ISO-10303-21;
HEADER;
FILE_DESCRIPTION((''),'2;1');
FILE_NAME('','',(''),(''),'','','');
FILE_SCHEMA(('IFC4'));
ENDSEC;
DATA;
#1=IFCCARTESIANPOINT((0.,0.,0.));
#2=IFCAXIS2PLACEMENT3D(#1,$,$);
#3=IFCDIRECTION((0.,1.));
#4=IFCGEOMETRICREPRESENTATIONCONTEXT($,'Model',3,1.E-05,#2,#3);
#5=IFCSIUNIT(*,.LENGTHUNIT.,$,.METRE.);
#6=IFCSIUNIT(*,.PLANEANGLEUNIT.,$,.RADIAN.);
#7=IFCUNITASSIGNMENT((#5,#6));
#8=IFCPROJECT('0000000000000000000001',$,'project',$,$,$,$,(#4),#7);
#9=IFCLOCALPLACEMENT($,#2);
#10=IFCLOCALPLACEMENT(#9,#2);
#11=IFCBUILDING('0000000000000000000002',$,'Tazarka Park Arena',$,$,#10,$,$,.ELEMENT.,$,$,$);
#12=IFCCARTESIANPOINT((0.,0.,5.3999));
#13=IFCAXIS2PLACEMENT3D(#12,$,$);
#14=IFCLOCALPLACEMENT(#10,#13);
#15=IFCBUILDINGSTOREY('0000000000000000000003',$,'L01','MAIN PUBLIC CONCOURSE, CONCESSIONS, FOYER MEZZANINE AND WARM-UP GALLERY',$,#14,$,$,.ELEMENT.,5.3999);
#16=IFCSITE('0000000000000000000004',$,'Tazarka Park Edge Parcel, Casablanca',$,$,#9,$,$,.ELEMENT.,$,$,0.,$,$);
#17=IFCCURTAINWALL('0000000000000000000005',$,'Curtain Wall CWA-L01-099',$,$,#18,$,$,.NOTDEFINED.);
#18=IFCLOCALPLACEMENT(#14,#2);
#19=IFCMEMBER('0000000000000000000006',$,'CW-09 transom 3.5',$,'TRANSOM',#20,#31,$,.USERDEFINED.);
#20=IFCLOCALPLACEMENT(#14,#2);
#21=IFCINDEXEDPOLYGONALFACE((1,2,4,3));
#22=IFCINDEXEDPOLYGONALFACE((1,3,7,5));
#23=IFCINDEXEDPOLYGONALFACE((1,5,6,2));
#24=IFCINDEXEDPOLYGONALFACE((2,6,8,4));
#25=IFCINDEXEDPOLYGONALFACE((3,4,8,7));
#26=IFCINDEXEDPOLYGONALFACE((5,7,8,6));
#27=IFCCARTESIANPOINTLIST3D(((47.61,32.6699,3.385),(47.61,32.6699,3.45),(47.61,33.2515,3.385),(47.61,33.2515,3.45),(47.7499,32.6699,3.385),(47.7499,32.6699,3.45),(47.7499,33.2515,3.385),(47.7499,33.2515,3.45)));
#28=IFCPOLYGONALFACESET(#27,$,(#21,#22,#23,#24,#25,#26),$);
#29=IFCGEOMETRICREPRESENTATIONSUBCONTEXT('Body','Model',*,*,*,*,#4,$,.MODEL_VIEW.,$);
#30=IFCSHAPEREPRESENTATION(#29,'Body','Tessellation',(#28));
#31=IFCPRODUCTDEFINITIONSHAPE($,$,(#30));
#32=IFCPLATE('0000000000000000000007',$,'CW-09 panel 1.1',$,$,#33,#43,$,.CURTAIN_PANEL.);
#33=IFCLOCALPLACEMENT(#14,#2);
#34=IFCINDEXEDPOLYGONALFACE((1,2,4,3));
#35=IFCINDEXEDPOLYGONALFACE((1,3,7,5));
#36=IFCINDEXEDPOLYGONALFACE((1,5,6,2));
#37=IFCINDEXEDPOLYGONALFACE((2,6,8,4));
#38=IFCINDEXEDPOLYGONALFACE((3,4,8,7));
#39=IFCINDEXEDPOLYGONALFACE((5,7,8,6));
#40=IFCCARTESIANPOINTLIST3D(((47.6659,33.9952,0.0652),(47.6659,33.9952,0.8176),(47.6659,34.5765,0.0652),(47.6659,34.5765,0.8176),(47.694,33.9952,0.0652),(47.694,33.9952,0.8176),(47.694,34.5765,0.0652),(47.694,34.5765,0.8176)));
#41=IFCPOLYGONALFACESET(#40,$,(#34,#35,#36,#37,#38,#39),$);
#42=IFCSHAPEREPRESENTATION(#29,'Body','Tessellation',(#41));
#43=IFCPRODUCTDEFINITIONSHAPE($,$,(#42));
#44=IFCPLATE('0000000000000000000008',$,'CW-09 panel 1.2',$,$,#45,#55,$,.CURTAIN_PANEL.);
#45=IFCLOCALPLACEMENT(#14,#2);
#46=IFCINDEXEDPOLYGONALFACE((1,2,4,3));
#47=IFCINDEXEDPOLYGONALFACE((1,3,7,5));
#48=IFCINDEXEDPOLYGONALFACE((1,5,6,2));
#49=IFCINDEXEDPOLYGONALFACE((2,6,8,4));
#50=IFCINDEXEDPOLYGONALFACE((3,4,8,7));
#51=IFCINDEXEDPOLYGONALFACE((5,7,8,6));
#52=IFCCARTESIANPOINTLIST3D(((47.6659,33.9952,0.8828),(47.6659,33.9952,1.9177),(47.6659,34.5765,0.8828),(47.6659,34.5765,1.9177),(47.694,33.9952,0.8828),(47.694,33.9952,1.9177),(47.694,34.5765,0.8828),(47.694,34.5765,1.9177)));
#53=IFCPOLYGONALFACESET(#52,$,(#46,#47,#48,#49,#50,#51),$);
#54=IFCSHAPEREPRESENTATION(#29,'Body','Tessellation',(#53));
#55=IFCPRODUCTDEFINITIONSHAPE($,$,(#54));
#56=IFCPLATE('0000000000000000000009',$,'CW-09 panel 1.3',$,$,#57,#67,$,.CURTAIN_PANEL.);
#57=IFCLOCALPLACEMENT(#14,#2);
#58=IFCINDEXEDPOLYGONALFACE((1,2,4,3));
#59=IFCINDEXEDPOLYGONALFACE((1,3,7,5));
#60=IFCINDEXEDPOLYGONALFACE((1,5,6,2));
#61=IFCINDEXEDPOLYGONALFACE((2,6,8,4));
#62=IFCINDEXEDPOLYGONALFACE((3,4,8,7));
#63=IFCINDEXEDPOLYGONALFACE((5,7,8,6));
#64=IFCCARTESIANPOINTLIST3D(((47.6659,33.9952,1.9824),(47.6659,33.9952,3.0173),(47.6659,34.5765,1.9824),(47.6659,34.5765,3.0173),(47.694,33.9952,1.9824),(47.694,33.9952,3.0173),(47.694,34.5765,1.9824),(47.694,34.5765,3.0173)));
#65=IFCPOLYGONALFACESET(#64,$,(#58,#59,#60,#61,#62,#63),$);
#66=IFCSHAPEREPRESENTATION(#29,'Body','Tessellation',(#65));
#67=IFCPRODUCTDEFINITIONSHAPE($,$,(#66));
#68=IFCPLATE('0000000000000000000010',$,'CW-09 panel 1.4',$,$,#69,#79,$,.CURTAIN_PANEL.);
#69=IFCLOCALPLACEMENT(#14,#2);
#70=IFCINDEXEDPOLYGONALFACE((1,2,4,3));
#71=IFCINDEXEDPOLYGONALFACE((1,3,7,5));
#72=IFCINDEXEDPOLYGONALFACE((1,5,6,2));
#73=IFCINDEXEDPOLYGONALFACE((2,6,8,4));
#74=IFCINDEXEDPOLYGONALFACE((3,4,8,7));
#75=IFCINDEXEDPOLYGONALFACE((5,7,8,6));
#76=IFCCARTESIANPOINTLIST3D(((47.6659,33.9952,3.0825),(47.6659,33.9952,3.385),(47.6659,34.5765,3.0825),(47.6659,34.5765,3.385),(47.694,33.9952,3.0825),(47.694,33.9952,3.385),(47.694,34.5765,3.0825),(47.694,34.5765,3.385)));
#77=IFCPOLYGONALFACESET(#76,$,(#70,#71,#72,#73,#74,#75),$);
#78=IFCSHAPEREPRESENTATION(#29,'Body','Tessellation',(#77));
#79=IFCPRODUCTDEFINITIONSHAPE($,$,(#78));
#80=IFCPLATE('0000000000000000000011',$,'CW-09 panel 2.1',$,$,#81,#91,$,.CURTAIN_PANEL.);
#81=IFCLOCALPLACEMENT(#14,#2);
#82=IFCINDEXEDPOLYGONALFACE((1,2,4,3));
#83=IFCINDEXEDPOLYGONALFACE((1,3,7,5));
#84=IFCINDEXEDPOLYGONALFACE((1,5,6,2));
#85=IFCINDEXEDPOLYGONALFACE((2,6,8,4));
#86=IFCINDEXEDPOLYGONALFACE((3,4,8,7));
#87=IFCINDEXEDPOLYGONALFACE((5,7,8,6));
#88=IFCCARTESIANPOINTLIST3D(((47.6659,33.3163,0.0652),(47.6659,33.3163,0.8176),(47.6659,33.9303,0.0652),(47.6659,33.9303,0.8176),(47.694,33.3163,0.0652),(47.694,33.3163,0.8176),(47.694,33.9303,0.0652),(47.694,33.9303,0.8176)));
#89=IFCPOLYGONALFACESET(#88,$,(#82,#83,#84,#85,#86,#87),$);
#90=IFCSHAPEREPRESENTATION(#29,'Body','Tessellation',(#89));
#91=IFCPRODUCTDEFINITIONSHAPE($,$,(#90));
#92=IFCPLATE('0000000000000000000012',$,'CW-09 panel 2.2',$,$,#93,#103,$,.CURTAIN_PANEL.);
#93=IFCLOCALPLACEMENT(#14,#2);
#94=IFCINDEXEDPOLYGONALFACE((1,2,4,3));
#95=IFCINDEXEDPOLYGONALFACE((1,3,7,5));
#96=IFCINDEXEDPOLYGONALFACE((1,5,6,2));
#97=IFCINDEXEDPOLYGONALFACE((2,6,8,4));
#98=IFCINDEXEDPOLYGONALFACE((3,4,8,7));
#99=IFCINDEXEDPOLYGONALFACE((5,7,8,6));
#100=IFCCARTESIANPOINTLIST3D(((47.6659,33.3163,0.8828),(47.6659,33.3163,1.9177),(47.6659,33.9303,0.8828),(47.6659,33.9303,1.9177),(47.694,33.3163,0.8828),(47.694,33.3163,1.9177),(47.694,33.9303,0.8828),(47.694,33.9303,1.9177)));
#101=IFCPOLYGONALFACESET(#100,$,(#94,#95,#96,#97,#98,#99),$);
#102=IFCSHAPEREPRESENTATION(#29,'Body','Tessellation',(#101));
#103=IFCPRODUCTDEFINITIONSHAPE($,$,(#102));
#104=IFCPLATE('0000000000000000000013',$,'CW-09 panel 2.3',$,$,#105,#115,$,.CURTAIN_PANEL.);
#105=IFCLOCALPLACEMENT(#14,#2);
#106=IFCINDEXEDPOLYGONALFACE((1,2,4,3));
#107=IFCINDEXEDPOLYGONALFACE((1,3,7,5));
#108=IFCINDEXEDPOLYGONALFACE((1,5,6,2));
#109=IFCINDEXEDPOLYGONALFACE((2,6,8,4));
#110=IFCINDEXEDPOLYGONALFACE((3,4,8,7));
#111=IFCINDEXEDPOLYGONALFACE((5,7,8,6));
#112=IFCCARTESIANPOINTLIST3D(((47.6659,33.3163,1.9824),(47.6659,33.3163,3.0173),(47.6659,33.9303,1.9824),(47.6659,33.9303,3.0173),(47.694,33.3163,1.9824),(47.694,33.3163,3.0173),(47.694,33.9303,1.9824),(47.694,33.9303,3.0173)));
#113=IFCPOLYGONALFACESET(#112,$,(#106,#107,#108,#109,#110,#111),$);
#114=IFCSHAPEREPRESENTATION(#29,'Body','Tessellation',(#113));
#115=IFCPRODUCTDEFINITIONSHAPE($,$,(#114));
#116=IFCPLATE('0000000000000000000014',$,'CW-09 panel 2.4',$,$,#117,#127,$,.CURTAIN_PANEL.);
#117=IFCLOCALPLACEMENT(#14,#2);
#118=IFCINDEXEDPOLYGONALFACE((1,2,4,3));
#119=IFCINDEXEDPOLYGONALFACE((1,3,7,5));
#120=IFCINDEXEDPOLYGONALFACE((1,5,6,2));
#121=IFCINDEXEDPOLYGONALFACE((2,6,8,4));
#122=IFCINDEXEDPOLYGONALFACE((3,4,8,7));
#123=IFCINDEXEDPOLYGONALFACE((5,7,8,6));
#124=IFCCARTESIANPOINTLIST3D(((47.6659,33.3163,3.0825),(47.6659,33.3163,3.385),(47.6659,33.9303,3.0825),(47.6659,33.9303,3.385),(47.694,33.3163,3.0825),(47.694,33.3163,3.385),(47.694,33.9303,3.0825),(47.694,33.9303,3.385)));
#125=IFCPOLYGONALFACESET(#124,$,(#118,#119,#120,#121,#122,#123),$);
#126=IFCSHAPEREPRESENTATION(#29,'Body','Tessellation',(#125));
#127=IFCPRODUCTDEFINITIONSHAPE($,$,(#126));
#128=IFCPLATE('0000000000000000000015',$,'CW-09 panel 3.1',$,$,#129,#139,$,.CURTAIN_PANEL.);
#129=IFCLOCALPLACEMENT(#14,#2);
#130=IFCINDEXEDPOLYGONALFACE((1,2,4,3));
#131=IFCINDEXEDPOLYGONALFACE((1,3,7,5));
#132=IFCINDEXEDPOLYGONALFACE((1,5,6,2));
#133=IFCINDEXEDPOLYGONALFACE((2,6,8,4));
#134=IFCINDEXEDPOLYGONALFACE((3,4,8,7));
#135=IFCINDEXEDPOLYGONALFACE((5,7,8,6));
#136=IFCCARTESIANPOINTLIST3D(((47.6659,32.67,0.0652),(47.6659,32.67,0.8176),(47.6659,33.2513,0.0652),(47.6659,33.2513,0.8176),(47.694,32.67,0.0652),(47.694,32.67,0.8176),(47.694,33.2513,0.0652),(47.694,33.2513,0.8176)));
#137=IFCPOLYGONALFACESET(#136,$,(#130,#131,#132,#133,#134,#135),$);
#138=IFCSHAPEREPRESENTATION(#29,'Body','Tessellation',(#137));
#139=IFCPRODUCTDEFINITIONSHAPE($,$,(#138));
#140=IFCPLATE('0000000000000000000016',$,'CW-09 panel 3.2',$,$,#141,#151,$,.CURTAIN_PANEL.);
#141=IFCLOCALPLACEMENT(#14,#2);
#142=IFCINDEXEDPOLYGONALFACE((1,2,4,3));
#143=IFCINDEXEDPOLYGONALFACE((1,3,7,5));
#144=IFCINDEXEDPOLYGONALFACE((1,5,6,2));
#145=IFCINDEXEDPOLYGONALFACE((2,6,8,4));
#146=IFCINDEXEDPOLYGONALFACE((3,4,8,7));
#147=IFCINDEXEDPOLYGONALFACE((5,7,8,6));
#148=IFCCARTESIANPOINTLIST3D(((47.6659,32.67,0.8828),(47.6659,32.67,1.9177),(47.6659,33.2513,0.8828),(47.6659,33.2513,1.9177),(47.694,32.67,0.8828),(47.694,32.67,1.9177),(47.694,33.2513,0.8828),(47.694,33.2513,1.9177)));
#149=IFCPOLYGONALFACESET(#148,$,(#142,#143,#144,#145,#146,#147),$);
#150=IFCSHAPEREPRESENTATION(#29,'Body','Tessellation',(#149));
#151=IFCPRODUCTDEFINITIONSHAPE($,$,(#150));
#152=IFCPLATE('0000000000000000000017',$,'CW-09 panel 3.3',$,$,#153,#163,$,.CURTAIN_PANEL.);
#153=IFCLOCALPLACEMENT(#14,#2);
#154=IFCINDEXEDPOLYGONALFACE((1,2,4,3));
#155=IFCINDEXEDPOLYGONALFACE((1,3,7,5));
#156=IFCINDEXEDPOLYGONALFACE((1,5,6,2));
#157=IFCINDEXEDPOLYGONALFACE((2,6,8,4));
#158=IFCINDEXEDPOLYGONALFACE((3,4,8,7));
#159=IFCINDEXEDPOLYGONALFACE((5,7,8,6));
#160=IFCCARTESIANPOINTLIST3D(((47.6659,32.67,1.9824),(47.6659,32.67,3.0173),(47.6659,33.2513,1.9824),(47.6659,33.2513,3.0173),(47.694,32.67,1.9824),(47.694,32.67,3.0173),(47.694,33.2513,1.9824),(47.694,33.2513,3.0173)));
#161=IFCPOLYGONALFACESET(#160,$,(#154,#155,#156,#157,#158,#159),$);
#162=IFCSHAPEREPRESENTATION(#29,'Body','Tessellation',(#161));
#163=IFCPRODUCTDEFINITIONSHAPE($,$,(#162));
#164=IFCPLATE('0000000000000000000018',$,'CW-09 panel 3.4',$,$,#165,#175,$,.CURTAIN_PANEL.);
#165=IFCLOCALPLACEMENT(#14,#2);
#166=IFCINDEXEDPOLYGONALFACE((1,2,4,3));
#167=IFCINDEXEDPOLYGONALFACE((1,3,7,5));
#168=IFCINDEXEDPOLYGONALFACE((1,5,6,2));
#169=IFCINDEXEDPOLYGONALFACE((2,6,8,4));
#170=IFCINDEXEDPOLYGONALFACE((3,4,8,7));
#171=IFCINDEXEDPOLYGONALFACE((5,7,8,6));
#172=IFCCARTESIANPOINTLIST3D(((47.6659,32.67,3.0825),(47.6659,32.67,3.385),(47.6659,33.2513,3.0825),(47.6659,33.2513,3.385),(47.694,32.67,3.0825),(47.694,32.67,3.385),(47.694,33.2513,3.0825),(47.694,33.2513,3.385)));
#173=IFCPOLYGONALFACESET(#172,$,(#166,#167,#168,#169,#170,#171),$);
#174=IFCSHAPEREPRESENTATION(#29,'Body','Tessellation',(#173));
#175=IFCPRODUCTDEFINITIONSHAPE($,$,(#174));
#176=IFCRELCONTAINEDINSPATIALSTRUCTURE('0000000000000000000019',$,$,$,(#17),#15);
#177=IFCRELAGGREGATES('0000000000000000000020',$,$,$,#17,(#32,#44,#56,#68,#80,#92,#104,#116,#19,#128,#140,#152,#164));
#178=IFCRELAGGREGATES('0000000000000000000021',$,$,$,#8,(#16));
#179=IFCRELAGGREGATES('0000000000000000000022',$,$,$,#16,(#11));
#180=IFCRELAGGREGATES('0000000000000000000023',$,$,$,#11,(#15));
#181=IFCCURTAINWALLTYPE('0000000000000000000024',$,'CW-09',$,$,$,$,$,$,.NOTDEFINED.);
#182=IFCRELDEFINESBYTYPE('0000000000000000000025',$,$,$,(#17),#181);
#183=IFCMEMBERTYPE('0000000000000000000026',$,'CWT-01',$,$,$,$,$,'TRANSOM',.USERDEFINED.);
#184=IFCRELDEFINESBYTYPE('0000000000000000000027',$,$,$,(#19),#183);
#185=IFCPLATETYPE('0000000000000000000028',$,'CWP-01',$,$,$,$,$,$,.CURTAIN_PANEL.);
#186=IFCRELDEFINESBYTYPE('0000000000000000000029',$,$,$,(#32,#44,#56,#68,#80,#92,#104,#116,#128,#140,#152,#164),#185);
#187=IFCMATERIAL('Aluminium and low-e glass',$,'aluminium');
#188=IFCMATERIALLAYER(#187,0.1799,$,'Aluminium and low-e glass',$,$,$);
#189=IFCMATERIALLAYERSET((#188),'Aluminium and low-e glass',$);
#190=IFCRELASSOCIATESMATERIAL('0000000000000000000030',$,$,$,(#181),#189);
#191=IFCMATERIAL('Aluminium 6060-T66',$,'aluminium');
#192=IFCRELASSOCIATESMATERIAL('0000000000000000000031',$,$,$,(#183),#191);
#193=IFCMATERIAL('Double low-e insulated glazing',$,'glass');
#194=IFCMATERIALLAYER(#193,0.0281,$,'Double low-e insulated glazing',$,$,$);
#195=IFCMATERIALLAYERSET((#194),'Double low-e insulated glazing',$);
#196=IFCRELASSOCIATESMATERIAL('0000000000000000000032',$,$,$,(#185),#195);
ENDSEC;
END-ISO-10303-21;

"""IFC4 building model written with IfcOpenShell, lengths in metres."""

from ifc_helpers import new_model, si_unit, direction, frame, origin, origin_2d, place, context, subcontext, project, spatial, rectangle, extrude, material, layer, layer_set, material_profile, profile_set, type_object, element, aggregate, save


model = new_model("IFC4")

# Units and contexts
model_context = context("Model", 3, precision=1e-05, world=origin(), true_north=direction((0.0, 1.0)))
body_context = subcontext(model_context, "Body", "Model", "MODEL_VIEW")
ifc_project = project(units=[si_unit("LENGTHUNIT", "METRE"), si_unit("PLANEANGLEUNIT", "RADIAN")], contexts=[model_context])

# Site, building, storey
site_placement = place(None, origin())
site = spatial("IfcSite", under=ifc_project, at=site_placement, Name="Tazarka Park Edge Parcel, Casablanca", CompositionType="ELEMENT", RefElevation=0.0)
building_placement = place(site_placement, origin())
building = spatial("IfcBuilding", under=site, at=building_placement, Name="Tazarka Park Arena", CompositionType="ELEMENT")
storey_placement = place(building_placement, frame((0.0, 0.0, 5.3999)))
storey = spatial("IfcBuildingStorey", under=building, at=storey_placement, Name="L01", Description="MAIN PUBLIC CONCOURSE, CONCESSIONS, FOYER MEZZANINE AND WARM-UP GALLERY", CompositionType="ELEMENT", Elevation=5.3999)

# Curtain wall, member, plates
ifc_material_1 = material(Name="Aluminium and low-e glass", Category="aluminium")
ifc_layer_1 = layer(ifc_material_1, 0.1799, Name="Aluminium and low-e glass")
ifc_layer_set_1 = layer_set([ifc_layer_1], Name="Aluminium and low-e glass")
curtain_wall_type = type_object("IfcCurtainWallType", Name="CW-09", PredefinedType="NOTDEFINED", material=ifc_layer_set_1)
curtain_wall_placement = place(storey_placement, origin())
curtain_wall = element("IfcCurtainWall", 1, at=curtain_wall_placement, inside=storey, type_object=curtain_wall_type, Name="Curtain Wall CWA-L01-099", PredefinedType="NOTDEFINED")
ifc_material_2 = material(Name="Aluminium 6060-T66", Category="aluminium")
ifc_material_profile_1 = material_profile(ifc_material_2, rectangle(XDim=0.1399, YDim=0.0649, at=origin_2d()), Name="Aluminium 6060-T66")
ifc_profile_set_1 = profile_set([ifc_material_profile_1], Name="Aluminium 6060-T66")
member_type_1 = type_object("IfcMemberType", Name="CWT-01", ElementType="TRANSOM", PredefinedType="USERDEFINED", material=ifc_profile_set_1)
member_1_placement = place(storey_placement, frame((47.6799, 33.2515, 3.4175), z_axis=(0.0, -1.0, 0.0), x_axis=(1.0, 0.0, 0.0)))
member_1 = element("IfcMember", 2, at=member_1_placement, type_object=member_type_1, Name="CW-09 transom 3.5", ObjectType="TRANSOM", PredefinedType="USERDEFINED", context=body_context, shape_type="SweptSolid", body=[
    extrude(rectangle(XDim=0.1399, YDim=0.0649, at=origin_2d()), origin(), (0.0, 0.0, 1.0), 0.5815),
])
ifc_material_3 = material(Name="Double low-e insulated glazing", Category="glass")
ifc_layer_2 = layer(ifc_material_3, 0.0281, Name="Double low-e insulated glazing")
ifc_layer_set_2 = layer_set([ifc_layer_2], Name="Double low-e insulated glazing")
plate_type = type_object("IfcPlateType", Name="CWP-01", PredefinedType="CURTAIN_PANEL", material=ifc_layer_set_2)
plate_1_placement = place(storey_placement, frame((47.6799, 34.2859, 0.0652), z_axis=(0.0, 0.0, 1.0), x_axis=(0.0, -1.0, 0.0)))
plate_1 = element("IfcPlate", 3, at=plate_1_placement, type_object=plate_type, Name="CW-09 panel 1.1", PredefinedType="CURTAIN_PANEL", context=body_context, shape_type="SweptSolid", body=[
    extrude(rectangle(XDim=0.5813, YDim=0.0281, at=origin_2d()), origin(), (0.0, 0.0, 1.0), 0.7524),
])
plate_2_placement = place(storey_placement, frame((47.6799, 34.2859, 0.8828), z_axis=(0.0, 0.0, 1.0), x_axis=(0.0, -1.0, 0.0)))
plate_2 = element("IfcPlate", 4, at=plate_2_placement, type_object=plate_type, Name="CW-09 panel 1.2", PredefinedType="CURTAIN_PANEL", context=body_context, shape_type="SweptSolid", body=[
    extrude(rectangle(XDim=0.5813, YDim=0.0281, at=origin_2d()), origin(), (0.0, 0.0, 1.0), 1.0349),
])
plate_3_placement = place(storey_placement, frame((47.6799, 34.2859, 1.9824), z_axis=(0.0, 0.0, 1.0), x_axis=(0.0, -1.0, 0.0)))
plate_3 = element("IfcPlate", 5, at=plate_3_placement, type_object=plate_type, Name="CW-09 panel 1.3", PredefinedType="CURTAIN_PANEL", context=body_context, shape_type="SweptSolid", body=[
    extrude(rectangle(XDim=0.5813, YDim=0.0281, at=origin_2d()), origin(), (0.0, 0.0, 1.0), 1.0349),
])
plate_4_placement = place(storey_placement, frame((47.6799, 34.2859, 3.0825), z_axis=(0.0, 0.0, 1.0), x_axis=(0.0, -1.0, 0.0)))
plate_4 = element("IfcPlate", 6, at=plate_4_placement, type_object=plate_type, Name="CW-09 panel 1.4", PredefinedType="CURTAIN_PANEL", context=body_context, shape_type="SweptSolid", body=[
    extrude(rectangle(XDim=0.5813, YDim=0.0281, at=origin_2d()), origin(), (0.0, 0.0, 1.0), 0.3025),
])
plate_5_placement = place(storey_placement, frame((47.6799, 33.6233, 0.0652), z_axis=(0.0, 0.0, 1.0), x_axis=(0.0, -1.0, 0.0)))
plate_5 = element("IfcPlate", 7, at=plate_5_placement, type_object=plate_type, Name="CW-09 panel 2.1", PredefinedType="CURTAIN_PANEL", context=body_context, shape_type="SweptSolid", body=[
    extrude(rectangle(XDim=0.614, YDim=0.0281, at=origin_2d()), origin(), (0.0, 0.0, 1.0), 0.7524),
])
plate_6_placement = place(storey_placement, frame((47.6799, 33.6233, 0.8828), z_axis=(0.0, 0.0, 1.0), x_axis=(0.0, -1.0, 0.0)))
plate_6 = element("IfcPlate", 8, at=plate_6_placement, type_object=plate_type, Name="CW-09 panel 2.2", PredefinedType="CURTAIN_PANEL", context=body_context, shape_type="SweptSolid", body=[
    extrude(rectangle(XDim=0.614, YDim=0.0281, at=origin_2d()), origin(), (0.0, 0.0, 1.0), 1.0349),
])
plate_7_placement = place(storey_placement, frame((47.6799, 33.6233, 1.9824), z_axis=(0.0, 0.0, 1.0), x_axis=(0.0, -1.0, 0.0)))
plate_7 = element("IfcPlate", 9, at=plate_7_placement, type_object=plate_type, Name="CW-09 panel 2.3", PredefinedType="CURTAIN_PANEL", context=body_context, shape_type="SweptSolid", body=[
    extrude(rectangle(XDim=0.614, YDim=0.0281, at=origin_2d()), origin(), (0.0, 0.0, 1.0), 1.0349),
])
plate_8_placement = place(storey_placement, frame((47.6799, 33.6233, 3.0825), z_axis=(0.0, 0.0, 1.0), x_axis=(0.0, -1.0, 0.0)))
plate_8 = element("IfcPlate", 10, at=plate_8_placement, type_object=plate_type, Name="CW-09 panel 2.4", PredefinedType="CURTAIN_PANEL", context=body_context, shape_type="SweptSolid", body=[
    extrude(rectangle(XDim=0.614, YDim=0.0281, at=origin_2d()), origin(), (0.0, 0.0, 1.0), 0.3025),
])
plate_9_placement = place(storey_placement, frame((47.6799, 32.9607, 0.0652), z_axis=(0.0, 0.0, 1.0), x_axis=(0.0, -1.0, 0.0)))
plate_9 = element("IfcPlate", 11, at=plate_9_placement, type_object=plate_type, Name="CW-09 panel 3.1", PredefinedType="CURTAIN_PANEL", context=body_context, shape_type="SweptSolid", body=[
    extrude(rectangle(XDim=0.5813, YDim=0.0281, at=origin_2d()), origin(), (0.0, 0.0, 1.0), 0.7524),
])
plate_10_placement = place(storey_placement, frame((47.6799, 32.9607, 0.8828), z_axis=(0.0, 0.0, 1.0), x_axis=(0.0, -1.0, 0.0)))
plate_10 = element("IfcPlate", 12, at=plate_10_placement, type_object=plate_type, Name="CW-09 panel 3.2", PredefinedType="CURTAIN_PANEL", context=body_context, shape_type="SweptSolid", body=[
    extrude(rectangle(XDim=0.5813, YDim=0.0281, at=origin_2d()), origin(), (0.0, 0.0, 1.0), 1.0349),
])
plate_11_placement = place(storey_placement, frame((47.6799, 32.9607, 1.9824), z_axis=(0.0, 0.0, 1.0), x_axis=(0.0, -1.0, 0.0)))
plate_11 = element("IfcPlate", 13, at=plate_11_placement, type_object=plate_type, Name="CW-09 panel 3.3", PredefinedType="CURTAIN_PANEL", context=body_context, shape_type="SweptSolid", body=[
    extrude(rectangle(XDim=0.5813, YDim=0.0281, at=origin_2d()), origin(), (0.0, 0.0, 1.0), 1.0349),
])
plate_12_placement = place(storey_placement, frame((47.6799, 32.9607, 3.0825), z_axis=(0.0, 0.0, 1.0), x_axis=(0.0, -1.0, 0.0)))
plate_12 = element("IfcPlate", 14, at=plate_12_placement, type_object=plate_type, Name="CW-09 panel 3.4", PredefinedType="CURTAIN_PANEL", context=body_context, shape_type="SweptSolid", body=[
    extrude(rectangle(XDim=0.5813, YDim=0.0281, at=origin_2d()), origin(), (0.0, 0.0, 1.0), 0.3025),
])
aggregate(curtain_wall, [plate_1, plate_2, plate_3, plate_4, plate_5, plate_6, plate_7, plate_8, member_1, plate_9, plate_10, plate_11, plate_12])

save(model, "model.ifc")
